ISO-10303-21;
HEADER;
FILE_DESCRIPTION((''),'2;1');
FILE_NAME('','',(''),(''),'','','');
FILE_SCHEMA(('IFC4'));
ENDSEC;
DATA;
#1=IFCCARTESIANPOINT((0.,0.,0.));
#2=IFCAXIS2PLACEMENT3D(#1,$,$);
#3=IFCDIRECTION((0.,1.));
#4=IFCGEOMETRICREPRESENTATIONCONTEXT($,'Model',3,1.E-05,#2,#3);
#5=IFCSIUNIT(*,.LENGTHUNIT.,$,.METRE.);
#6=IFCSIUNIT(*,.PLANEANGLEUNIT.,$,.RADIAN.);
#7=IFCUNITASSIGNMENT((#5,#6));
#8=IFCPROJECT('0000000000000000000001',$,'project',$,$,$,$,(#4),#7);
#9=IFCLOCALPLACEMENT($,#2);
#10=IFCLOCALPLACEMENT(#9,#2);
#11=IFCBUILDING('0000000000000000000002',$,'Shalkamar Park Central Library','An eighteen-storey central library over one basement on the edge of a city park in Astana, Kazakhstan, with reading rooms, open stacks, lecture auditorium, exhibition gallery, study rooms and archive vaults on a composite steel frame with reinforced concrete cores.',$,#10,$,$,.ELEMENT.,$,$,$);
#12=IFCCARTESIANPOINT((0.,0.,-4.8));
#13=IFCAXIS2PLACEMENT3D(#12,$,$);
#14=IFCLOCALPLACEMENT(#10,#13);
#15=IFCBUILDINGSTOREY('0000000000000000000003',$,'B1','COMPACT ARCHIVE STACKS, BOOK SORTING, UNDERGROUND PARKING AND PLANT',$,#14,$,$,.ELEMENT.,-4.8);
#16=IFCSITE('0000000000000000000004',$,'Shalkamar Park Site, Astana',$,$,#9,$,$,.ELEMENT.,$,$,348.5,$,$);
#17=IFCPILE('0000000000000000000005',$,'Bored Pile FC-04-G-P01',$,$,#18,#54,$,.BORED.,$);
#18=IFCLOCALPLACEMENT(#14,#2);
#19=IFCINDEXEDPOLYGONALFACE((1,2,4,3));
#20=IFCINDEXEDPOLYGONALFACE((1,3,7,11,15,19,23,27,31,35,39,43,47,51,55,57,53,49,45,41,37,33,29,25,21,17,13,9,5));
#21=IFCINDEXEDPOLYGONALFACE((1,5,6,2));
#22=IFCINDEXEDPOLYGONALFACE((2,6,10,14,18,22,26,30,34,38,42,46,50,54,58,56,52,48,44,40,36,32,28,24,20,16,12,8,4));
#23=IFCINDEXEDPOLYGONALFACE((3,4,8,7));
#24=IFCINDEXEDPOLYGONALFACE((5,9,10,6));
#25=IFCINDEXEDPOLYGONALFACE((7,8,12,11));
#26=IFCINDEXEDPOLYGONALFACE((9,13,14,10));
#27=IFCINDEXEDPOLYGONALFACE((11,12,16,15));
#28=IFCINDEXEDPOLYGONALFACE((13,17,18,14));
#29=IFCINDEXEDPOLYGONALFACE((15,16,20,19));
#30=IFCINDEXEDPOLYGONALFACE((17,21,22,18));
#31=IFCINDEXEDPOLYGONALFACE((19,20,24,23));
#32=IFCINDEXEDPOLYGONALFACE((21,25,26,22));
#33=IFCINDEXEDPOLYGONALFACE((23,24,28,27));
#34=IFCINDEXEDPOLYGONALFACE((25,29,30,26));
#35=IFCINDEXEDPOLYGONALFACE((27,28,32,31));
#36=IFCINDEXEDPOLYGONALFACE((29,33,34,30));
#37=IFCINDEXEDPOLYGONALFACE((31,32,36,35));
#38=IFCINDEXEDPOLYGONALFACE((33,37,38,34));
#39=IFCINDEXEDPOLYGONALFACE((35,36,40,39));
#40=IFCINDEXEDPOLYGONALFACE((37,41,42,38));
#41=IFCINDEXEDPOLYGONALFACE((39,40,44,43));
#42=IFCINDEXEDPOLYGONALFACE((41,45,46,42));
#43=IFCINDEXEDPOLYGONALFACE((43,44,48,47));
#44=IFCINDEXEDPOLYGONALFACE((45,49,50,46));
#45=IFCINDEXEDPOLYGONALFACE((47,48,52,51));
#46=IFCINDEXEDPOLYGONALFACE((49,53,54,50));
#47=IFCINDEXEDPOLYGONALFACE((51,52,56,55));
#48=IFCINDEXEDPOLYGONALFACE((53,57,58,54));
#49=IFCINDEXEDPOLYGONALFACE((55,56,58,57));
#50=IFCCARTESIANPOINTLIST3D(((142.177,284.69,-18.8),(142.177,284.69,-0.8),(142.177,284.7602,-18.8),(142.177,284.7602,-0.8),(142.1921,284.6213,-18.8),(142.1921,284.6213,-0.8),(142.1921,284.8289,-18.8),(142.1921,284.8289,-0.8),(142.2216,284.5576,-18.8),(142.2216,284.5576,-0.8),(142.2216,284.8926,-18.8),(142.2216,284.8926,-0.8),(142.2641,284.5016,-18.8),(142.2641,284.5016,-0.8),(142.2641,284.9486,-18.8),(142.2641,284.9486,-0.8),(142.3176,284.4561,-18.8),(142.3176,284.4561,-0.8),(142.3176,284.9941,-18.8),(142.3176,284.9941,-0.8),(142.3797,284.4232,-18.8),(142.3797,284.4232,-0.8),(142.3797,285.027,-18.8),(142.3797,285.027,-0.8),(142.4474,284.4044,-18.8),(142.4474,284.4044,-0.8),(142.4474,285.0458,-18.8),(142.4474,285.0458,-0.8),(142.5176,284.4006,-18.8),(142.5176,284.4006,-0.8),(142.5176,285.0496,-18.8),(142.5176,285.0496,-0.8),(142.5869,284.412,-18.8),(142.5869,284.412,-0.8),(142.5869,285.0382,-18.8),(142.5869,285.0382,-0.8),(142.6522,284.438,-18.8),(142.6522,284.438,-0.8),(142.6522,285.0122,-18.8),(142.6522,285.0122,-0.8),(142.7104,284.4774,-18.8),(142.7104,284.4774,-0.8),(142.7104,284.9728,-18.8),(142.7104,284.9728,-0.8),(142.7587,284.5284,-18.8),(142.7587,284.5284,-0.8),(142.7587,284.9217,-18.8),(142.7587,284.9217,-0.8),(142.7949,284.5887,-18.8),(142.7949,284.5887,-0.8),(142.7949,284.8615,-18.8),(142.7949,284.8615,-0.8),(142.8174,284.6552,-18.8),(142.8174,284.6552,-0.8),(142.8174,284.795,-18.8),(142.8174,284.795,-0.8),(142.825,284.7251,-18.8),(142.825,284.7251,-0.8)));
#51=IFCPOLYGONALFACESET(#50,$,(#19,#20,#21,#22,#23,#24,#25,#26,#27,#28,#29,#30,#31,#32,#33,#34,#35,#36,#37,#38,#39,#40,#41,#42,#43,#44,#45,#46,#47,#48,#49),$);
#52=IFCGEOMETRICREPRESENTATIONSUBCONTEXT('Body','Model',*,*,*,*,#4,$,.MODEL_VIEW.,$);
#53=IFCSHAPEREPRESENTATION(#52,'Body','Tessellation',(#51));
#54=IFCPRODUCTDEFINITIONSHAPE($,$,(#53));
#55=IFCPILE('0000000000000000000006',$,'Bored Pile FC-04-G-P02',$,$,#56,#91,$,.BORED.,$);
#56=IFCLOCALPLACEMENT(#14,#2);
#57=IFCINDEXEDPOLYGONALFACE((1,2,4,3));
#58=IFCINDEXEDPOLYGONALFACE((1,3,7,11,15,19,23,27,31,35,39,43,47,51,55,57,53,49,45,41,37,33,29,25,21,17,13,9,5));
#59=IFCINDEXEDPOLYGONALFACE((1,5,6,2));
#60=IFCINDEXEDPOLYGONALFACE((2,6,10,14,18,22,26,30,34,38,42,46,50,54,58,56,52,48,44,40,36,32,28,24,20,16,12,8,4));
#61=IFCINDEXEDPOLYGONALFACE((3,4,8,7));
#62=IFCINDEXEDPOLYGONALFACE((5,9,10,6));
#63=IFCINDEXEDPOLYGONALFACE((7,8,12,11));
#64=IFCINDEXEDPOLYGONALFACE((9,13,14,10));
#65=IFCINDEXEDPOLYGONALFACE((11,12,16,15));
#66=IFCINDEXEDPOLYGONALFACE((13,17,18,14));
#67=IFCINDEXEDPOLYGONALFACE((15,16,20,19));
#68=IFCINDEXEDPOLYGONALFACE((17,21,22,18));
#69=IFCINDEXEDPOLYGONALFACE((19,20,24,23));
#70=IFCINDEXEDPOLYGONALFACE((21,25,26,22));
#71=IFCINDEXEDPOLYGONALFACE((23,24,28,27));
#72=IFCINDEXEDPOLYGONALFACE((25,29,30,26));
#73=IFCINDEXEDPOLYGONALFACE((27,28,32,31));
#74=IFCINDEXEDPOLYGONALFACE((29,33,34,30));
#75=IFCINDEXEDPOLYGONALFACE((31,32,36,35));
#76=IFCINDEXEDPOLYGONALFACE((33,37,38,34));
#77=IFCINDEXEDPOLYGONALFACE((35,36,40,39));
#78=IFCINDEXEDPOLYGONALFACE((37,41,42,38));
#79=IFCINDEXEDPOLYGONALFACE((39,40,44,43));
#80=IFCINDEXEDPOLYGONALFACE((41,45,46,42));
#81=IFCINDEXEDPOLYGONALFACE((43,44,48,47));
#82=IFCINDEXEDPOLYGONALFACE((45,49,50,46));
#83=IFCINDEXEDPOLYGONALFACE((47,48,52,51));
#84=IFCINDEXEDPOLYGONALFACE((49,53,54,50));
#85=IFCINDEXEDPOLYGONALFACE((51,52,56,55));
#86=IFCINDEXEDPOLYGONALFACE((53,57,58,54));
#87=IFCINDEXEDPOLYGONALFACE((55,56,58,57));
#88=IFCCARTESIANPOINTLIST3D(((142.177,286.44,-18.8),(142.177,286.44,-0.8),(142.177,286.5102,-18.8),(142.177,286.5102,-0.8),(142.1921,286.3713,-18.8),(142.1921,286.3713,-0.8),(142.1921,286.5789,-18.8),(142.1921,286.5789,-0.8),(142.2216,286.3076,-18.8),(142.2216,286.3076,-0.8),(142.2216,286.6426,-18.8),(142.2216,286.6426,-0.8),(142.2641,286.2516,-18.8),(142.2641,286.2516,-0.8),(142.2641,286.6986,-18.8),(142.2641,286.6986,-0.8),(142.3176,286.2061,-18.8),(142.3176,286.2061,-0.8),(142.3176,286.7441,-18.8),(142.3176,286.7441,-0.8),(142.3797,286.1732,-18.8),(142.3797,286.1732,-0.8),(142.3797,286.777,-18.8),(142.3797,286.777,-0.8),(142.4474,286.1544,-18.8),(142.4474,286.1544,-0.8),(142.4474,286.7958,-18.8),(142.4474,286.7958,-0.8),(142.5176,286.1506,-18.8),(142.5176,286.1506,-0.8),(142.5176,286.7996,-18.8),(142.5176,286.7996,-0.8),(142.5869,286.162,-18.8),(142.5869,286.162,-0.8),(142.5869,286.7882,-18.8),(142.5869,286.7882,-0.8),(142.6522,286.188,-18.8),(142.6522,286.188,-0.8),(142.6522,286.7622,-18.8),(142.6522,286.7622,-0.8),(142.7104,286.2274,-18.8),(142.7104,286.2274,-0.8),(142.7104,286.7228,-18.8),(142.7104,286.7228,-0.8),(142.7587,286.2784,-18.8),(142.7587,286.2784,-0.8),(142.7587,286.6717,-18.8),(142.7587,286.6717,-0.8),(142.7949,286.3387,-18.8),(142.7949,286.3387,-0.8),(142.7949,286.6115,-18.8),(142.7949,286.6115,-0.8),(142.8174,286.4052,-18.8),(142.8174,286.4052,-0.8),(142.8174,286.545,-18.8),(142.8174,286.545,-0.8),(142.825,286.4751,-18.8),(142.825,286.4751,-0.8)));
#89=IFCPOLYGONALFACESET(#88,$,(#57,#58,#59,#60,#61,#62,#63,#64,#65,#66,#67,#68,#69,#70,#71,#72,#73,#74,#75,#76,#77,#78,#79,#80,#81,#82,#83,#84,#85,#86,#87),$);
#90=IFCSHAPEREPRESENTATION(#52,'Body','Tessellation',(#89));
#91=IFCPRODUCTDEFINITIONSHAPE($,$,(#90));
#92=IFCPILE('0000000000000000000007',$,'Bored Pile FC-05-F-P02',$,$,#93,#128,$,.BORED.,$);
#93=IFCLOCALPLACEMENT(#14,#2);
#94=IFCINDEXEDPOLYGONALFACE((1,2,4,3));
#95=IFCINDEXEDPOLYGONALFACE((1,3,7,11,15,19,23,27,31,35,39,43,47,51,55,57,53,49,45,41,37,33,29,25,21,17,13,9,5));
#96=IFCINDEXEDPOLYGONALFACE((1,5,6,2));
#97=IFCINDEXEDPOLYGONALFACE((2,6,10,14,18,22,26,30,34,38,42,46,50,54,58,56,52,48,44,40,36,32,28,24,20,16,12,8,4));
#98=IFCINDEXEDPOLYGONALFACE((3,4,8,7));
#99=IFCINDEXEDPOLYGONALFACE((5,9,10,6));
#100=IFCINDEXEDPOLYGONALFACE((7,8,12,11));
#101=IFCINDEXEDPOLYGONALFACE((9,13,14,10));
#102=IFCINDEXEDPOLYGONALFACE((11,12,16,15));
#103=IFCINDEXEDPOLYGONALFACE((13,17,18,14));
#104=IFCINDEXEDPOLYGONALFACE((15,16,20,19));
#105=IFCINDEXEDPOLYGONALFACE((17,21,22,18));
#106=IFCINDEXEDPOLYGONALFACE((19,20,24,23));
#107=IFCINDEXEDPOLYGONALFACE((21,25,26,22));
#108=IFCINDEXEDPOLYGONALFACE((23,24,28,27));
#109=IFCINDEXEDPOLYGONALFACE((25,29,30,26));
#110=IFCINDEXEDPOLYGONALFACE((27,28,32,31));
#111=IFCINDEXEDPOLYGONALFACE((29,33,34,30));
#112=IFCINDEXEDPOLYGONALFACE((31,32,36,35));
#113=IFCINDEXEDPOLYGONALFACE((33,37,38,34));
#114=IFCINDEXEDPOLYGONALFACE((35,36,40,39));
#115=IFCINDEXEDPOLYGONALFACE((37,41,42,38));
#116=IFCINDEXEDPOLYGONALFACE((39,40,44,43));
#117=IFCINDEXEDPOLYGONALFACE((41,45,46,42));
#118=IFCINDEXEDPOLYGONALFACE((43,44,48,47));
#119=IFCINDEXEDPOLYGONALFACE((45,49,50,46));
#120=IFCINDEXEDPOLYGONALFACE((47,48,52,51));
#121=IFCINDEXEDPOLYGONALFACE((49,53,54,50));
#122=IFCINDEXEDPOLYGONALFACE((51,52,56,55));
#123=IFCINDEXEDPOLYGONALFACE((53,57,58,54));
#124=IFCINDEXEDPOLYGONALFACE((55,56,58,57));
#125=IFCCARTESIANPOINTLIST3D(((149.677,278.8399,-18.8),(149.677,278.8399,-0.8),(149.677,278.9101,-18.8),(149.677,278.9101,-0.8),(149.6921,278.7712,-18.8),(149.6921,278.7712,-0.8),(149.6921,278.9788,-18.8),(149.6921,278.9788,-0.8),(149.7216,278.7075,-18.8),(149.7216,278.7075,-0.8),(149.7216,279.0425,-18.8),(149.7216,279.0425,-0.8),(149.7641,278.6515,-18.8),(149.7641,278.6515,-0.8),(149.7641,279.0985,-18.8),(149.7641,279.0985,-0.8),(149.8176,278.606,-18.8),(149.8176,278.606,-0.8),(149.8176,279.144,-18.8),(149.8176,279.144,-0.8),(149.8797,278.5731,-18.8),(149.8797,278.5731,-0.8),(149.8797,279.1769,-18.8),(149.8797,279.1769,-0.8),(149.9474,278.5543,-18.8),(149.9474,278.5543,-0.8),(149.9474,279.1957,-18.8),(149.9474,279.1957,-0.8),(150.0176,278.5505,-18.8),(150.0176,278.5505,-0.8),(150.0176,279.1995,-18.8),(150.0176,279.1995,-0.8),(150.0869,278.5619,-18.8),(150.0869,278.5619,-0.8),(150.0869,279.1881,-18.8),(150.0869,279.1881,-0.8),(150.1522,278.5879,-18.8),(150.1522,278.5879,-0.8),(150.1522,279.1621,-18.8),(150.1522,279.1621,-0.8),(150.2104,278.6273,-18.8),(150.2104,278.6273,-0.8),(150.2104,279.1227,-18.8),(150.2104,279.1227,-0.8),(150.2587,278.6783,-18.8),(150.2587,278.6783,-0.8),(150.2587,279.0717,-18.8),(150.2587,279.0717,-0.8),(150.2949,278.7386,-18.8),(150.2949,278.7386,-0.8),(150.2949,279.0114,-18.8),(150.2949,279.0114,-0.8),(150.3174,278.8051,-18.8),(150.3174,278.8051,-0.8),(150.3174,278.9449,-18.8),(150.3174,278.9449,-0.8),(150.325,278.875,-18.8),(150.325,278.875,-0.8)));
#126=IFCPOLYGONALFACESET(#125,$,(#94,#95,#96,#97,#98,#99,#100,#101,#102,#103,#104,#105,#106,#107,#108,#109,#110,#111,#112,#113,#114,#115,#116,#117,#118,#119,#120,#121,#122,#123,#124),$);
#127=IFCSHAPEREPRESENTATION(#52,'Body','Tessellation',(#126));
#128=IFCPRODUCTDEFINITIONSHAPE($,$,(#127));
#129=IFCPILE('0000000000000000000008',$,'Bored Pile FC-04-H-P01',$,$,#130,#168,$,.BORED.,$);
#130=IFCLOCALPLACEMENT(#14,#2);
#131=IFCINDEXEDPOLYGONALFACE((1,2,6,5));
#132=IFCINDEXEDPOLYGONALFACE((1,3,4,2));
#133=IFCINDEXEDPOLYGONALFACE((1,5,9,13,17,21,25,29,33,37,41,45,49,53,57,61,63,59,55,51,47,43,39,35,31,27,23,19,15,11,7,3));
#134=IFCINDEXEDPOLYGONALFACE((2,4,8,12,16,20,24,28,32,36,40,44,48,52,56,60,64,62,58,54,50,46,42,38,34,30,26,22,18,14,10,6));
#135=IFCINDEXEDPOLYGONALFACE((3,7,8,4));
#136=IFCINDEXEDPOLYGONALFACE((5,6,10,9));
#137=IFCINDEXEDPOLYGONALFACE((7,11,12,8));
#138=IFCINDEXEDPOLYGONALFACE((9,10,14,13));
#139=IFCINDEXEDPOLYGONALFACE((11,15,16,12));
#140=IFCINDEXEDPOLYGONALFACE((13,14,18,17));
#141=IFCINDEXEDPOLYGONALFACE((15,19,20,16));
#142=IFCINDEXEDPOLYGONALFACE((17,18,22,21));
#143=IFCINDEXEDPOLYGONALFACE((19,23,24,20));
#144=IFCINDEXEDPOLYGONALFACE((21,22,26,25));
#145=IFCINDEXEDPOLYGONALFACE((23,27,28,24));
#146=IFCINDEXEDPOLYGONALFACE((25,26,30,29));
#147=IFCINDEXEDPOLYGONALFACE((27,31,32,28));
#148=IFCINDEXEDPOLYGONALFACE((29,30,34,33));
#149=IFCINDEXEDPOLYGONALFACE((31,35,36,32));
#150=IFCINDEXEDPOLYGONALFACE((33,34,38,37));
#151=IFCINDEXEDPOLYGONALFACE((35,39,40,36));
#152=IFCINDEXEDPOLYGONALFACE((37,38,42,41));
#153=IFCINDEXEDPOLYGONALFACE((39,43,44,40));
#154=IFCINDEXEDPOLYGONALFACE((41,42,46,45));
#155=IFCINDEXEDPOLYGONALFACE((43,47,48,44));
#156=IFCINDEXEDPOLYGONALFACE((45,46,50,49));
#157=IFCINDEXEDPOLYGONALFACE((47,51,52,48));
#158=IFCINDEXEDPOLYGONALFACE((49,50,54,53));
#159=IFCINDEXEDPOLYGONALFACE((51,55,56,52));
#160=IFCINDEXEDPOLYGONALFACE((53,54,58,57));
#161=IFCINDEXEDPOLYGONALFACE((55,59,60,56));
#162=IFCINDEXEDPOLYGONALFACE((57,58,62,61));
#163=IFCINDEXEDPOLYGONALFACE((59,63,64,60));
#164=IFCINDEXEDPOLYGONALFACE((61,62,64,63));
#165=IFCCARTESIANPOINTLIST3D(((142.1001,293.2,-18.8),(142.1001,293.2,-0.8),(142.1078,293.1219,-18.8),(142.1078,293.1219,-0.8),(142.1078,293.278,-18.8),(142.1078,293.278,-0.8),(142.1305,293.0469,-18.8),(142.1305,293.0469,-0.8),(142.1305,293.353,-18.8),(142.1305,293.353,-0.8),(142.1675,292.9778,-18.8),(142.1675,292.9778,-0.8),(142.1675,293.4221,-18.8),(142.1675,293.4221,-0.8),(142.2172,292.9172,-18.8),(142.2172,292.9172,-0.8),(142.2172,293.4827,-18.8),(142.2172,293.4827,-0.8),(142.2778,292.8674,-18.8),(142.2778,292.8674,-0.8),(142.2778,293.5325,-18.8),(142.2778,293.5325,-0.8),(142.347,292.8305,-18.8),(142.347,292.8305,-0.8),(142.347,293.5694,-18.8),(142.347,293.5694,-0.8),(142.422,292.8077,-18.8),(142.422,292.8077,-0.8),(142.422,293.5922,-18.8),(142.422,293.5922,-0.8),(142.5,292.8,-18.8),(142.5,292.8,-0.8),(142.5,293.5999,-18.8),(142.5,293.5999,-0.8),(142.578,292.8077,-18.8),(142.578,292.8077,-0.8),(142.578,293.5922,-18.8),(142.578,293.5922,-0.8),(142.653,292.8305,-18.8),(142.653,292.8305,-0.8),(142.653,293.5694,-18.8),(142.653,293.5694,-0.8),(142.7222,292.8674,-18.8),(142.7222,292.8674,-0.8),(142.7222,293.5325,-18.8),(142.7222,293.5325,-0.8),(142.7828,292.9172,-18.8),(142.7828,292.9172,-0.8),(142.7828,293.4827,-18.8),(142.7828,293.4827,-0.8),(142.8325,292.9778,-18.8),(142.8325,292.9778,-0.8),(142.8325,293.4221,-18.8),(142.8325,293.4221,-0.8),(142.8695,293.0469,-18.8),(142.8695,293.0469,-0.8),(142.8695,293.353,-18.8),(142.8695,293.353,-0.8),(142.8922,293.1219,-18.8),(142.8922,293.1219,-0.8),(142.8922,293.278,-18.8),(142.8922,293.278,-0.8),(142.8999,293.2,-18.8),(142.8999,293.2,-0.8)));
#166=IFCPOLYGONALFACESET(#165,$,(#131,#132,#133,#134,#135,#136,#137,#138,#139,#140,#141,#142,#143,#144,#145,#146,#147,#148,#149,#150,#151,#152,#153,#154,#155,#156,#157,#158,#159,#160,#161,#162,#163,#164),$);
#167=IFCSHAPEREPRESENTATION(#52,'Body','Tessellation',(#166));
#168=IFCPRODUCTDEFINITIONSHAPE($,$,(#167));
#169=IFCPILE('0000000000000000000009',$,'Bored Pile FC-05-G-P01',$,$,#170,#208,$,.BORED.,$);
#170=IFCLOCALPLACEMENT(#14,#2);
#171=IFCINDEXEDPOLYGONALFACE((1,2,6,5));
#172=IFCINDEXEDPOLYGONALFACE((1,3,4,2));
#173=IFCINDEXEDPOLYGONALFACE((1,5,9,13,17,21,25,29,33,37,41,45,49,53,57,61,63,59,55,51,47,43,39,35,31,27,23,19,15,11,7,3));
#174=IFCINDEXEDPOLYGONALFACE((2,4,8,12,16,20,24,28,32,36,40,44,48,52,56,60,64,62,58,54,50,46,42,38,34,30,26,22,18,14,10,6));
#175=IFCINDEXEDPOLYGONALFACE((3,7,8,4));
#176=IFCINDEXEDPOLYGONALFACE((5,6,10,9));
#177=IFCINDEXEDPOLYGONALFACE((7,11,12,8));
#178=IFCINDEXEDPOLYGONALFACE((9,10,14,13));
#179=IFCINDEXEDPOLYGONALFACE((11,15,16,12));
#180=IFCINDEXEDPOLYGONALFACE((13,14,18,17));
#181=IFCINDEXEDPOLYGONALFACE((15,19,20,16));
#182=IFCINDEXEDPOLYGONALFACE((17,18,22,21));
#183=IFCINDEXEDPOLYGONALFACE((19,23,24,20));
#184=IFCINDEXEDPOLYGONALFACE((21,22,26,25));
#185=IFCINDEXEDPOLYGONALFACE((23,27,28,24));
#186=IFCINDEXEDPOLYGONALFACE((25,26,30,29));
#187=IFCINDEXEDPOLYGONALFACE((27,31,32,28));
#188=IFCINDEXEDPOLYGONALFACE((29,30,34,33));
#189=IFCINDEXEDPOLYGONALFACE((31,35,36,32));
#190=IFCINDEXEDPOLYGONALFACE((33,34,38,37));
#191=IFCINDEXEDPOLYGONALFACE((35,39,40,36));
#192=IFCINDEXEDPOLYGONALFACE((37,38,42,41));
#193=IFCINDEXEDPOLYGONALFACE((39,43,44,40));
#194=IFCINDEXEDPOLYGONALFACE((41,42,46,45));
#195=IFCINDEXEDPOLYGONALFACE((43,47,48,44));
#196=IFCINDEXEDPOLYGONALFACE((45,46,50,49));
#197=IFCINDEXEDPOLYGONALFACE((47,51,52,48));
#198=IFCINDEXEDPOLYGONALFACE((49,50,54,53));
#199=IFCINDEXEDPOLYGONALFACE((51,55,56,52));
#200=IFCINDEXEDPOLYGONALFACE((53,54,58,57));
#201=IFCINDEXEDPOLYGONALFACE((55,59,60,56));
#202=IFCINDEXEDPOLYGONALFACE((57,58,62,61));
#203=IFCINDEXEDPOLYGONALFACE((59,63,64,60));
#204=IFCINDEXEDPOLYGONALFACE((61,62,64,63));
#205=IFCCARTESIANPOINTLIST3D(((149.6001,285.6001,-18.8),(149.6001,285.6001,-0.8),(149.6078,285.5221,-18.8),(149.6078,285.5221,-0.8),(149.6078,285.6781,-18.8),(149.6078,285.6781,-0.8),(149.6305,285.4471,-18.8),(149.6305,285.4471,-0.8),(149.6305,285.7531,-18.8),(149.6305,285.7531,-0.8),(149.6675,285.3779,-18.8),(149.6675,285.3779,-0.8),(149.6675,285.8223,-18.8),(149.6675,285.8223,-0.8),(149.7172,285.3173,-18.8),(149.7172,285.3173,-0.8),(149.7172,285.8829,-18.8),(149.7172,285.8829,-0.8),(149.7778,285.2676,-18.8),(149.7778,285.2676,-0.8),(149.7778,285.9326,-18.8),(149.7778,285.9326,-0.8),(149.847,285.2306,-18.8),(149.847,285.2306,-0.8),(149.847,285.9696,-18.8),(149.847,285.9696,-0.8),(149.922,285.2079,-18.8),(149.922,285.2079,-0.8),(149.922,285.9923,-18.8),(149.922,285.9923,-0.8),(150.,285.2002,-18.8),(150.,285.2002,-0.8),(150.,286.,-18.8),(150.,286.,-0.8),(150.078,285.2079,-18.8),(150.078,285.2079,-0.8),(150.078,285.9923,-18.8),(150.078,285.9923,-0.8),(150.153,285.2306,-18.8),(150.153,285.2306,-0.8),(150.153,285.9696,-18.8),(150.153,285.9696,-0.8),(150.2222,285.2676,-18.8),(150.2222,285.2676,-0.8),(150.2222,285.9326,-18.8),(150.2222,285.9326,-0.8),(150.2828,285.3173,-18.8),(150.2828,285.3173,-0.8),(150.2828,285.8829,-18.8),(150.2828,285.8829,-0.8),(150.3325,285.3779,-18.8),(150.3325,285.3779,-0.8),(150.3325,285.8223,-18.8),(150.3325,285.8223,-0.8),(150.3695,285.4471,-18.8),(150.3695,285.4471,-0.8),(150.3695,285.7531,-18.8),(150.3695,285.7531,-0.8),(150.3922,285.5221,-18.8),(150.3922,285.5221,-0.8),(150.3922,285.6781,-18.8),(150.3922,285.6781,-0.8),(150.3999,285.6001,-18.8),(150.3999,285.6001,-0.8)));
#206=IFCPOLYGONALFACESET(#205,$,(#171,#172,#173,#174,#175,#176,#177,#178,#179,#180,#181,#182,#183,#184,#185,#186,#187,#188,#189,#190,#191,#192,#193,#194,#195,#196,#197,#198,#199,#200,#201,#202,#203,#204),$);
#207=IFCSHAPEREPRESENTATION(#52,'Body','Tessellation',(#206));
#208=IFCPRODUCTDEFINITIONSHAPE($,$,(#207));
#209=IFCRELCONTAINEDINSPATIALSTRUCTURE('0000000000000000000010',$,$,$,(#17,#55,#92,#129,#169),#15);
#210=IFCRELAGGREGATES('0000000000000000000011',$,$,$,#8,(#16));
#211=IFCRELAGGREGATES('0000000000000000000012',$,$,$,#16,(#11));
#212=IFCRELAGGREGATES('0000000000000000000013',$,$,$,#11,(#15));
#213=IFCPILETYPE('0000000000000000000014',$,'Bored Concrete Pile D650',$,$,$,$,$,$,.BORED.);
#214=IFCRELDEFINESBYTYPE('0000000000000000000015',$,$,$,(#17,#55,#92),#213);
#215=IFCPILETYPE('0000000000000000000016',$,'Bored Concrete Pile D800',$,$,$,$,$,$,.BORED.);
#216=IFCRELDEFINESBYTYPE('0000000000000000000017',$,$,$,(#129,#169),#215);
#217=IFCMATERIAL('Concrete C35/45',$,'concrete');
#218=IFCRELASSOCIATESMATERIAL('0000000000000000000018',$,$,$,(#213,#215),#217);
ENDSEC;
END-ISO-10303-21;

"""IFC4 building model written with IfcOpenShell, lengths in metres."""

from ifc_helpers import new_model, si_unit, direction, frame, origin, origin_2d, place, context, subcontext, project, spatial, circle, extrude, material, material_profile, profile_set, type_object, element, save


model = new_model("IFC4")

# Units and contexts
model_context = context("Model", 3, precision=1e-05, world=origin(), true_north=direction((0.0, 1.0)))
body_context = subcontext(model_context, "Body", "Model", "MODEL_VIEW")
ifc_project = project(units=[si_unit("LENGTHUNIT", "METRE"), si_unit("PLANEANGLEUNIT", "RADIAN")], contexts=[model_context])

# Site, building, storey
site_placement = place(None, origin())
site = spatial("IfcSite", under=ifc_project, at=site_placement, Name="Shalkamar Park Site, Astana", CompositionType="ELEMENT", RefElevation=348.5)
building_placement = place(site_placement, origin())
building = spatial("IfcBuilding", under=site, at=building_placement, Name="Shalkamar Park Central Library", Description="An eighteen-storey central library over one basement on the edge of a city park in Astana, Kazakhstan, with reading rooms, open stacks, lecture auditorium, exhibition gallery, study rooms and archive vaults on a composite steel frame with reinforced concrete cores.", CompositionType="ELEMENT")
storey_placement = place(building_placement, frame((0.0, 0.0, -4.8)))
storey = spatial("IfcBuildingStorey", under=building, at=storey_placement, Name="B1", Description="COMPACT ARCHIVE STACKS, BOOK SORTING, UNDERGROUND PARKING AND PLANT", CompositionType="ELEMENT", Elevation=-4.8)

# Piles
ifc_material_1 = material(Name="Concrete C35/45", Category="concrete")
ifc_material_profile_1 = material_profile(ifc_material_1, circle(Radius=0.325, at=origin_2d()), Name="PILE D650")
ifc_profile_set_1 = profile_set([ifc_material_profile_1], Name="Concrete C35/45")
pile_type_1 = type_object("IfcPileType", Name="Bored Concrete Pile D650", PredefinedType="BORED", material=ifc_profile_set_1)
for number, where, z_axis, x_axis, name in (
    (1, (142.5, 284.7251, -0.8), (0.0, 0.0, -1.0), (1.0, 0.0, 0.0), "Bored Pile FC-04-G-P01"),
    (2, (142.5, 286.4751, -0.8), (0.0, 0.0, -1.0), (1.0, 0.0, 0.0), "Bored Pile FC-04-G-P02"),
    (3, (150.0, 278.875, -0.8), (0.0, 0.0, -1.0), (1.0, 0.0, 0.0), "Bored Pile FC-05-F-P02"),
):
    element("IfcPile", number, at=place(storey_placement, frame(where, z_axis=z_axis, x_axis=x_axis)), inside=storey, type_object=pile_type_1, Name=name, PredefinedType="BORED", context=body_context, shape_type="SweptSolid", body=[
        extrude(circle(Radius=0.325, at=origin_2d()), origin(), (0.0, 0.0, 1.0), 18.0),
    ])
ifc_material_profile_2 = material_profile(ifc_material_1, circle(Radius=0.3999, at=origin_2d()), Name="PILE D800")
ifc_profile_set_2 = profile_set([ifc_material_profile_2], Name="Concrete C35/45")
pile_type_2 = type_object("IfcPileType", Name="Bored Concrete Pile D800", PredefinedType="BORED", material=ifc_profile_set_2)
for number, where, z_axis, x_axis, name in (
    (4, (142.5, 293.2, -0.8), (0.0, 0.0, -1.0), (1.0, 0.0, 0.0), "Bored Pile FC-04-H-P01"),
    (5, (150.0, 285.6001, -0.8), (0.0, 0.0, -1.0), (1.0, 0.0, 0.0), "Bored Pile FC-05-G-P01"),
):
    element("IfcPile", number, at=place(storey_placement, frame(where, z_axis=z_axis, x_axis=x_axis)), inside=storey, type_object=pile_type_2, Name=name, PredefinedType="BORED", context=body_context, shape_type="SweptSolid", body=[
        extrude(circle(Radius=0.3999, at=origin_2d()), origin(), (0.0, 0.0, 1.0), 18.0),
    ])

save(model, "model.ifc")
